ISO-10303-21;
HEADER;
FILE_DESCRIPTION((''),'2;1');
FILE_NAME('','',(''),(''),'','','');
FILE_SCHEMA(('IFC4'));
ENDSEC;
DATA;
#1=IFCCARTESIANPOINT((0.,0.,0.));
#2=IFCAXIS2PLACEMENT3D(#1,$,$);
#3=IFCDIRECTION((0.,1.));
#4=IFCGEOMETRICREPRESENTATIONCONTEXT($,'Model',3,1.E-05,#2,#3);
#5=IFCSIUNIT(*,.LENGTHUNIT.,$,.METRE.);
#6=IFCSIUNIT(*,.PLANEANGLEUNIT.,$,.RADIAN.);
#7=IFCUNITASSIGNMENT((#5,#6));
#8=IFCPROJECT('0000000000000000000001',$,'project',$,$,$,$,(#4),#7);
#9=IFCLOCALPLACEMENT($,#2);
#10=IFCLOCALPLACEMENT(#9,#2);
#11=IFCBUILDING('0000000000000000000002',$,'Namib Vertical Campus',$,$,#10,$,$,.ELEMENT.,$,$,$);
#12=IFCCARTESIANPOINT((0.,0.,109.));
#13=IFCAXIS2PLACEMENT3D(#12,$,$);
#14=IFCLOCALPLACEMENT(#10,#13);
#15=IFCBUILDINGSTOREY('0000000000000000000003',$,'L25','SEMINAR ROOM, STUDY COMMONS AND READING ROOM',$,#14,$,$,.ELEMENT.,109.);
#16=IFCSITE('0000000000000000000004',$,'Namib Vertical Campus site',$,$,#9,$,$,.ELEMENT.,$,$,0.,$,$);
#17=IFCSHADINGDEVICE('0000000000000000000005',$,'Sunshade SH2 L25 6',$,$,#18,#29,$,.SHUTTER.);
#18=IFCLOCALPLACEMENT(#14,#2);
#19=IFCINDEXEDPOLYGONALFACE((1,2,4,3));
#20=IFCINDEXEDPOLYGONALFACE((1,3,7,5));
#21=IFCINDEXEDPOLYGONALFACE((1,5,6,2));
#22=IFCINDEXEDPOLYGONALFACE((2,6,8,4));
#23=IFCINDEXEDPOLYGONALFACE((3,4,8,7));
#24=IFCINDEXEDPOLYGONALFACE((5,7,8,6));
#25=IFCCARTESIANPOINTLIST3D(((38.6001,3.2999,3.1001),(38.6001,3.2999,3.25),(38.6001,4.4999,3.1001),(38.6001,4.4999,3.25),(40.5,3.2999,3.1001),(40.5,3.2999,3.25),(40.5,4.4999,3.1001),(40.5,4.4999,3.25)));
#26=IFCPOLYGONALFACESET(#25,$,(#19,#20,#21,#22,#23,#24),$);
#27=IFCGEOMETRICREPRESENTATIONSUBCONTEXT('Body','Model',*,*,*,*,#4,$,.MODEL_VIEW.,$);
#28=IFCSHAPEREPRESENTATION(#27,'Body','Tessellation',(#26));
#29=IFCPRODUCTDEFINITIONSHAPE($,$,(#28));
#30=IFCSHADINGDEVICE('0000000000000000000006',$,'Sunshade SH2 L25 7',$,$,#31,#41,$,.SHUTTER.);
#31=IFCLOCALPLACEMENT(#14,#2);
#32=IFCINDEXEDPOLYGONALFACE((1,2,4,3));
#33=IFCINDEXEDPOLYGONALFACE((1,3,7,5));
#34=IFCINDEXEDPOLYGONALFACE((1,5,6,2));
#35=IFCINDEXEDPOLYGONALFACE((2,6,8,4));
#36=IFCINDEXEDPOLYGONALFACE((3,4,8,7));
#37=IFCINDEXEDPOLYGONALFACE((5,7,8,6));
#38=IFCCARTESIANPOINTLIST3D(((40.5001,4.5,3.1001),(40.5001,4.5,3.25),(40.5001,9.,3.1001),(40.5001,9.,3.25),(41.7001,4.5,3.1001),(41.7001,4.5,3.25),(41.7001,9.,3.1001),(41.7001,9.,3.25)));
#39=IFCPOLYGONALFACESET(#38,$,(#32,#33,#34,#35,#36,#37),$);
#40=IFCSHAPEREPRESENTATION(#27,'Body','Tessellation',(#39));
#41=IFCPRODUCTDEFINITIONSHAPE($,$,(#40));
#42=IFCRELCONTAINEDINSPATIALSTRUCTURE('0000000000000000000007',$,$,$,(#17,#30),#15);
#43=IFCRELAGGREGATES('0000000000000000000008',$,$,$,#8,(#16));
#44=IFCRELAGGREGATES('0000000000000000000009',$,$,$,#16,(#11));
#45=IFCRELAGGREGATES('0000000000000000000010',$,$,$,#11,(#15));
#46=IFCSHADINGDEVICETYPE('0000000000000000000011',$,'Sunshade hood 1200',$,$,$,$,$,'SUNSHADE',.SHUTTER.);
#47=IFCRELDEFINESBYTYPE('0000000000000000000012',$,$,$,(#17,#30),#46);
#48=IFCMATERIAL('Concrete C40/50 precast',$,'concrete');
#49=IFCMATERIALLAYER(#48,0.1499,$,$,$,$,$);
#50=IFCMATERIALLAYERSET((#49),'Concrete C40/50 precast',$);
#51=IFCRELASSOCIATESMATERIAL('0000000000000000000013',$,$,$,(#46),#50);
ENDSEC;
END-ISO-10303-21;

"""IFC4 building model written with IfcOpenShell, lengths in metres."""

from ifc_helpers import new_model, si_unit, direction, frame, origin, origin_2d, place, context, subcontext, project, spatial, rectangle, extrude, material, layer, layer_set, type_object, element, save


model = new_model("IFC4")

# Units and contexts
model_context = context("Model", 3, precision=1e-05, world=origin(), true_north=direction((0.0, 1.0)))
body_context = subcontext(model_context, "Body", "Model", "MODEL_VIEW")
ifc_project = project(units=[si_unit("LENGTHUNIT", "METRE"), si_unit("PLANEANGLEUNIT", "RADIAN")], contexts=[model_context])

# Site, building, storey
site_placement = place(None, origin())
site = spatial("IfcSite", under=ifc_project, at=site_placement, Name="Namib Vertical Campus site", CompositionType="ELEMENT", RefElevation=0.0)
building_placement = place(site_placement, origin())
building = spatial("IfcBuilding", under=site, at=building_placement, Name="Namib Vertical Campus", CompositionType="ELEMENT")
storey_placement = place(building_placement, frame((0.0, 0.0, 109.0)))
storey = spatial("IfcBuildingStorey", under=building, at=storey_placement, Name="L25", Description="SEMINAR ROOM, STUDY COMMONS AND READING ROOM", CompositionType="ELEMENT", Elevation=109.0)

# Shading devices
ifc_material_1 = material(Name="Concrete C40/50 precast", Category="concrete")
ifc_layer_1 = layer(ifc_material_1, 0.1499)
ifc_layer_set_1 = layer_set([ifc_layer_1], Name="Concrete C40/50 precast")
shading_device_type = type_object("IfcShadingDeviceType", Name="Sunshade hood 1200", ElementType="SUNSHADE", PredefinedType="SHUTTER", material=ifc_layer_set_1)
for number, where, z_axis, x_axis, name in (
    (1, (39.55, 3.8999, 3.1001), (0.0, 0.0, 1.0), (1.0, 0.0, 0.0), "Sunshade SH2 L25 6"),
):
    element("IfcShadingDevice", number, at=place(storey_placement, frame(where, z_axis=z_axis, x_axis=x_axis)), inside=storey, type_object=shading_device_type, Name=name, PredefinedType="SHUTTER", context=body_context, shape_type="SweptSolid", body=[
        extrude(rectangle(XDim=1.8999, YDim=1.2, at=origin_2d()), origin(), (0.0, 0.0, 1.0), 0.1499),
    ])
shading_device_placement = place(storey_placement, frame((41.1001, 6.75, 3.1001), z_axis=(0.0, 0.0, 1.0), x_axis=(0.0, 1.0, 0.0)))
element("IfcShadingDevice", 2, at=shading_device_placement, inside=storey, type_object=shading_device_type, Name="Sunshade SH2 L25 7", PredefinedType="SHUTTER", context=body_context, shape_type="SweptSolid", body=[
    extrude(rectangle(XDim=4.5, YDim=1.2, at=origin_2d()), origin(), (0.0, 0.0, 1.0), 0.1499),
])

save(model, "model.ifc")
